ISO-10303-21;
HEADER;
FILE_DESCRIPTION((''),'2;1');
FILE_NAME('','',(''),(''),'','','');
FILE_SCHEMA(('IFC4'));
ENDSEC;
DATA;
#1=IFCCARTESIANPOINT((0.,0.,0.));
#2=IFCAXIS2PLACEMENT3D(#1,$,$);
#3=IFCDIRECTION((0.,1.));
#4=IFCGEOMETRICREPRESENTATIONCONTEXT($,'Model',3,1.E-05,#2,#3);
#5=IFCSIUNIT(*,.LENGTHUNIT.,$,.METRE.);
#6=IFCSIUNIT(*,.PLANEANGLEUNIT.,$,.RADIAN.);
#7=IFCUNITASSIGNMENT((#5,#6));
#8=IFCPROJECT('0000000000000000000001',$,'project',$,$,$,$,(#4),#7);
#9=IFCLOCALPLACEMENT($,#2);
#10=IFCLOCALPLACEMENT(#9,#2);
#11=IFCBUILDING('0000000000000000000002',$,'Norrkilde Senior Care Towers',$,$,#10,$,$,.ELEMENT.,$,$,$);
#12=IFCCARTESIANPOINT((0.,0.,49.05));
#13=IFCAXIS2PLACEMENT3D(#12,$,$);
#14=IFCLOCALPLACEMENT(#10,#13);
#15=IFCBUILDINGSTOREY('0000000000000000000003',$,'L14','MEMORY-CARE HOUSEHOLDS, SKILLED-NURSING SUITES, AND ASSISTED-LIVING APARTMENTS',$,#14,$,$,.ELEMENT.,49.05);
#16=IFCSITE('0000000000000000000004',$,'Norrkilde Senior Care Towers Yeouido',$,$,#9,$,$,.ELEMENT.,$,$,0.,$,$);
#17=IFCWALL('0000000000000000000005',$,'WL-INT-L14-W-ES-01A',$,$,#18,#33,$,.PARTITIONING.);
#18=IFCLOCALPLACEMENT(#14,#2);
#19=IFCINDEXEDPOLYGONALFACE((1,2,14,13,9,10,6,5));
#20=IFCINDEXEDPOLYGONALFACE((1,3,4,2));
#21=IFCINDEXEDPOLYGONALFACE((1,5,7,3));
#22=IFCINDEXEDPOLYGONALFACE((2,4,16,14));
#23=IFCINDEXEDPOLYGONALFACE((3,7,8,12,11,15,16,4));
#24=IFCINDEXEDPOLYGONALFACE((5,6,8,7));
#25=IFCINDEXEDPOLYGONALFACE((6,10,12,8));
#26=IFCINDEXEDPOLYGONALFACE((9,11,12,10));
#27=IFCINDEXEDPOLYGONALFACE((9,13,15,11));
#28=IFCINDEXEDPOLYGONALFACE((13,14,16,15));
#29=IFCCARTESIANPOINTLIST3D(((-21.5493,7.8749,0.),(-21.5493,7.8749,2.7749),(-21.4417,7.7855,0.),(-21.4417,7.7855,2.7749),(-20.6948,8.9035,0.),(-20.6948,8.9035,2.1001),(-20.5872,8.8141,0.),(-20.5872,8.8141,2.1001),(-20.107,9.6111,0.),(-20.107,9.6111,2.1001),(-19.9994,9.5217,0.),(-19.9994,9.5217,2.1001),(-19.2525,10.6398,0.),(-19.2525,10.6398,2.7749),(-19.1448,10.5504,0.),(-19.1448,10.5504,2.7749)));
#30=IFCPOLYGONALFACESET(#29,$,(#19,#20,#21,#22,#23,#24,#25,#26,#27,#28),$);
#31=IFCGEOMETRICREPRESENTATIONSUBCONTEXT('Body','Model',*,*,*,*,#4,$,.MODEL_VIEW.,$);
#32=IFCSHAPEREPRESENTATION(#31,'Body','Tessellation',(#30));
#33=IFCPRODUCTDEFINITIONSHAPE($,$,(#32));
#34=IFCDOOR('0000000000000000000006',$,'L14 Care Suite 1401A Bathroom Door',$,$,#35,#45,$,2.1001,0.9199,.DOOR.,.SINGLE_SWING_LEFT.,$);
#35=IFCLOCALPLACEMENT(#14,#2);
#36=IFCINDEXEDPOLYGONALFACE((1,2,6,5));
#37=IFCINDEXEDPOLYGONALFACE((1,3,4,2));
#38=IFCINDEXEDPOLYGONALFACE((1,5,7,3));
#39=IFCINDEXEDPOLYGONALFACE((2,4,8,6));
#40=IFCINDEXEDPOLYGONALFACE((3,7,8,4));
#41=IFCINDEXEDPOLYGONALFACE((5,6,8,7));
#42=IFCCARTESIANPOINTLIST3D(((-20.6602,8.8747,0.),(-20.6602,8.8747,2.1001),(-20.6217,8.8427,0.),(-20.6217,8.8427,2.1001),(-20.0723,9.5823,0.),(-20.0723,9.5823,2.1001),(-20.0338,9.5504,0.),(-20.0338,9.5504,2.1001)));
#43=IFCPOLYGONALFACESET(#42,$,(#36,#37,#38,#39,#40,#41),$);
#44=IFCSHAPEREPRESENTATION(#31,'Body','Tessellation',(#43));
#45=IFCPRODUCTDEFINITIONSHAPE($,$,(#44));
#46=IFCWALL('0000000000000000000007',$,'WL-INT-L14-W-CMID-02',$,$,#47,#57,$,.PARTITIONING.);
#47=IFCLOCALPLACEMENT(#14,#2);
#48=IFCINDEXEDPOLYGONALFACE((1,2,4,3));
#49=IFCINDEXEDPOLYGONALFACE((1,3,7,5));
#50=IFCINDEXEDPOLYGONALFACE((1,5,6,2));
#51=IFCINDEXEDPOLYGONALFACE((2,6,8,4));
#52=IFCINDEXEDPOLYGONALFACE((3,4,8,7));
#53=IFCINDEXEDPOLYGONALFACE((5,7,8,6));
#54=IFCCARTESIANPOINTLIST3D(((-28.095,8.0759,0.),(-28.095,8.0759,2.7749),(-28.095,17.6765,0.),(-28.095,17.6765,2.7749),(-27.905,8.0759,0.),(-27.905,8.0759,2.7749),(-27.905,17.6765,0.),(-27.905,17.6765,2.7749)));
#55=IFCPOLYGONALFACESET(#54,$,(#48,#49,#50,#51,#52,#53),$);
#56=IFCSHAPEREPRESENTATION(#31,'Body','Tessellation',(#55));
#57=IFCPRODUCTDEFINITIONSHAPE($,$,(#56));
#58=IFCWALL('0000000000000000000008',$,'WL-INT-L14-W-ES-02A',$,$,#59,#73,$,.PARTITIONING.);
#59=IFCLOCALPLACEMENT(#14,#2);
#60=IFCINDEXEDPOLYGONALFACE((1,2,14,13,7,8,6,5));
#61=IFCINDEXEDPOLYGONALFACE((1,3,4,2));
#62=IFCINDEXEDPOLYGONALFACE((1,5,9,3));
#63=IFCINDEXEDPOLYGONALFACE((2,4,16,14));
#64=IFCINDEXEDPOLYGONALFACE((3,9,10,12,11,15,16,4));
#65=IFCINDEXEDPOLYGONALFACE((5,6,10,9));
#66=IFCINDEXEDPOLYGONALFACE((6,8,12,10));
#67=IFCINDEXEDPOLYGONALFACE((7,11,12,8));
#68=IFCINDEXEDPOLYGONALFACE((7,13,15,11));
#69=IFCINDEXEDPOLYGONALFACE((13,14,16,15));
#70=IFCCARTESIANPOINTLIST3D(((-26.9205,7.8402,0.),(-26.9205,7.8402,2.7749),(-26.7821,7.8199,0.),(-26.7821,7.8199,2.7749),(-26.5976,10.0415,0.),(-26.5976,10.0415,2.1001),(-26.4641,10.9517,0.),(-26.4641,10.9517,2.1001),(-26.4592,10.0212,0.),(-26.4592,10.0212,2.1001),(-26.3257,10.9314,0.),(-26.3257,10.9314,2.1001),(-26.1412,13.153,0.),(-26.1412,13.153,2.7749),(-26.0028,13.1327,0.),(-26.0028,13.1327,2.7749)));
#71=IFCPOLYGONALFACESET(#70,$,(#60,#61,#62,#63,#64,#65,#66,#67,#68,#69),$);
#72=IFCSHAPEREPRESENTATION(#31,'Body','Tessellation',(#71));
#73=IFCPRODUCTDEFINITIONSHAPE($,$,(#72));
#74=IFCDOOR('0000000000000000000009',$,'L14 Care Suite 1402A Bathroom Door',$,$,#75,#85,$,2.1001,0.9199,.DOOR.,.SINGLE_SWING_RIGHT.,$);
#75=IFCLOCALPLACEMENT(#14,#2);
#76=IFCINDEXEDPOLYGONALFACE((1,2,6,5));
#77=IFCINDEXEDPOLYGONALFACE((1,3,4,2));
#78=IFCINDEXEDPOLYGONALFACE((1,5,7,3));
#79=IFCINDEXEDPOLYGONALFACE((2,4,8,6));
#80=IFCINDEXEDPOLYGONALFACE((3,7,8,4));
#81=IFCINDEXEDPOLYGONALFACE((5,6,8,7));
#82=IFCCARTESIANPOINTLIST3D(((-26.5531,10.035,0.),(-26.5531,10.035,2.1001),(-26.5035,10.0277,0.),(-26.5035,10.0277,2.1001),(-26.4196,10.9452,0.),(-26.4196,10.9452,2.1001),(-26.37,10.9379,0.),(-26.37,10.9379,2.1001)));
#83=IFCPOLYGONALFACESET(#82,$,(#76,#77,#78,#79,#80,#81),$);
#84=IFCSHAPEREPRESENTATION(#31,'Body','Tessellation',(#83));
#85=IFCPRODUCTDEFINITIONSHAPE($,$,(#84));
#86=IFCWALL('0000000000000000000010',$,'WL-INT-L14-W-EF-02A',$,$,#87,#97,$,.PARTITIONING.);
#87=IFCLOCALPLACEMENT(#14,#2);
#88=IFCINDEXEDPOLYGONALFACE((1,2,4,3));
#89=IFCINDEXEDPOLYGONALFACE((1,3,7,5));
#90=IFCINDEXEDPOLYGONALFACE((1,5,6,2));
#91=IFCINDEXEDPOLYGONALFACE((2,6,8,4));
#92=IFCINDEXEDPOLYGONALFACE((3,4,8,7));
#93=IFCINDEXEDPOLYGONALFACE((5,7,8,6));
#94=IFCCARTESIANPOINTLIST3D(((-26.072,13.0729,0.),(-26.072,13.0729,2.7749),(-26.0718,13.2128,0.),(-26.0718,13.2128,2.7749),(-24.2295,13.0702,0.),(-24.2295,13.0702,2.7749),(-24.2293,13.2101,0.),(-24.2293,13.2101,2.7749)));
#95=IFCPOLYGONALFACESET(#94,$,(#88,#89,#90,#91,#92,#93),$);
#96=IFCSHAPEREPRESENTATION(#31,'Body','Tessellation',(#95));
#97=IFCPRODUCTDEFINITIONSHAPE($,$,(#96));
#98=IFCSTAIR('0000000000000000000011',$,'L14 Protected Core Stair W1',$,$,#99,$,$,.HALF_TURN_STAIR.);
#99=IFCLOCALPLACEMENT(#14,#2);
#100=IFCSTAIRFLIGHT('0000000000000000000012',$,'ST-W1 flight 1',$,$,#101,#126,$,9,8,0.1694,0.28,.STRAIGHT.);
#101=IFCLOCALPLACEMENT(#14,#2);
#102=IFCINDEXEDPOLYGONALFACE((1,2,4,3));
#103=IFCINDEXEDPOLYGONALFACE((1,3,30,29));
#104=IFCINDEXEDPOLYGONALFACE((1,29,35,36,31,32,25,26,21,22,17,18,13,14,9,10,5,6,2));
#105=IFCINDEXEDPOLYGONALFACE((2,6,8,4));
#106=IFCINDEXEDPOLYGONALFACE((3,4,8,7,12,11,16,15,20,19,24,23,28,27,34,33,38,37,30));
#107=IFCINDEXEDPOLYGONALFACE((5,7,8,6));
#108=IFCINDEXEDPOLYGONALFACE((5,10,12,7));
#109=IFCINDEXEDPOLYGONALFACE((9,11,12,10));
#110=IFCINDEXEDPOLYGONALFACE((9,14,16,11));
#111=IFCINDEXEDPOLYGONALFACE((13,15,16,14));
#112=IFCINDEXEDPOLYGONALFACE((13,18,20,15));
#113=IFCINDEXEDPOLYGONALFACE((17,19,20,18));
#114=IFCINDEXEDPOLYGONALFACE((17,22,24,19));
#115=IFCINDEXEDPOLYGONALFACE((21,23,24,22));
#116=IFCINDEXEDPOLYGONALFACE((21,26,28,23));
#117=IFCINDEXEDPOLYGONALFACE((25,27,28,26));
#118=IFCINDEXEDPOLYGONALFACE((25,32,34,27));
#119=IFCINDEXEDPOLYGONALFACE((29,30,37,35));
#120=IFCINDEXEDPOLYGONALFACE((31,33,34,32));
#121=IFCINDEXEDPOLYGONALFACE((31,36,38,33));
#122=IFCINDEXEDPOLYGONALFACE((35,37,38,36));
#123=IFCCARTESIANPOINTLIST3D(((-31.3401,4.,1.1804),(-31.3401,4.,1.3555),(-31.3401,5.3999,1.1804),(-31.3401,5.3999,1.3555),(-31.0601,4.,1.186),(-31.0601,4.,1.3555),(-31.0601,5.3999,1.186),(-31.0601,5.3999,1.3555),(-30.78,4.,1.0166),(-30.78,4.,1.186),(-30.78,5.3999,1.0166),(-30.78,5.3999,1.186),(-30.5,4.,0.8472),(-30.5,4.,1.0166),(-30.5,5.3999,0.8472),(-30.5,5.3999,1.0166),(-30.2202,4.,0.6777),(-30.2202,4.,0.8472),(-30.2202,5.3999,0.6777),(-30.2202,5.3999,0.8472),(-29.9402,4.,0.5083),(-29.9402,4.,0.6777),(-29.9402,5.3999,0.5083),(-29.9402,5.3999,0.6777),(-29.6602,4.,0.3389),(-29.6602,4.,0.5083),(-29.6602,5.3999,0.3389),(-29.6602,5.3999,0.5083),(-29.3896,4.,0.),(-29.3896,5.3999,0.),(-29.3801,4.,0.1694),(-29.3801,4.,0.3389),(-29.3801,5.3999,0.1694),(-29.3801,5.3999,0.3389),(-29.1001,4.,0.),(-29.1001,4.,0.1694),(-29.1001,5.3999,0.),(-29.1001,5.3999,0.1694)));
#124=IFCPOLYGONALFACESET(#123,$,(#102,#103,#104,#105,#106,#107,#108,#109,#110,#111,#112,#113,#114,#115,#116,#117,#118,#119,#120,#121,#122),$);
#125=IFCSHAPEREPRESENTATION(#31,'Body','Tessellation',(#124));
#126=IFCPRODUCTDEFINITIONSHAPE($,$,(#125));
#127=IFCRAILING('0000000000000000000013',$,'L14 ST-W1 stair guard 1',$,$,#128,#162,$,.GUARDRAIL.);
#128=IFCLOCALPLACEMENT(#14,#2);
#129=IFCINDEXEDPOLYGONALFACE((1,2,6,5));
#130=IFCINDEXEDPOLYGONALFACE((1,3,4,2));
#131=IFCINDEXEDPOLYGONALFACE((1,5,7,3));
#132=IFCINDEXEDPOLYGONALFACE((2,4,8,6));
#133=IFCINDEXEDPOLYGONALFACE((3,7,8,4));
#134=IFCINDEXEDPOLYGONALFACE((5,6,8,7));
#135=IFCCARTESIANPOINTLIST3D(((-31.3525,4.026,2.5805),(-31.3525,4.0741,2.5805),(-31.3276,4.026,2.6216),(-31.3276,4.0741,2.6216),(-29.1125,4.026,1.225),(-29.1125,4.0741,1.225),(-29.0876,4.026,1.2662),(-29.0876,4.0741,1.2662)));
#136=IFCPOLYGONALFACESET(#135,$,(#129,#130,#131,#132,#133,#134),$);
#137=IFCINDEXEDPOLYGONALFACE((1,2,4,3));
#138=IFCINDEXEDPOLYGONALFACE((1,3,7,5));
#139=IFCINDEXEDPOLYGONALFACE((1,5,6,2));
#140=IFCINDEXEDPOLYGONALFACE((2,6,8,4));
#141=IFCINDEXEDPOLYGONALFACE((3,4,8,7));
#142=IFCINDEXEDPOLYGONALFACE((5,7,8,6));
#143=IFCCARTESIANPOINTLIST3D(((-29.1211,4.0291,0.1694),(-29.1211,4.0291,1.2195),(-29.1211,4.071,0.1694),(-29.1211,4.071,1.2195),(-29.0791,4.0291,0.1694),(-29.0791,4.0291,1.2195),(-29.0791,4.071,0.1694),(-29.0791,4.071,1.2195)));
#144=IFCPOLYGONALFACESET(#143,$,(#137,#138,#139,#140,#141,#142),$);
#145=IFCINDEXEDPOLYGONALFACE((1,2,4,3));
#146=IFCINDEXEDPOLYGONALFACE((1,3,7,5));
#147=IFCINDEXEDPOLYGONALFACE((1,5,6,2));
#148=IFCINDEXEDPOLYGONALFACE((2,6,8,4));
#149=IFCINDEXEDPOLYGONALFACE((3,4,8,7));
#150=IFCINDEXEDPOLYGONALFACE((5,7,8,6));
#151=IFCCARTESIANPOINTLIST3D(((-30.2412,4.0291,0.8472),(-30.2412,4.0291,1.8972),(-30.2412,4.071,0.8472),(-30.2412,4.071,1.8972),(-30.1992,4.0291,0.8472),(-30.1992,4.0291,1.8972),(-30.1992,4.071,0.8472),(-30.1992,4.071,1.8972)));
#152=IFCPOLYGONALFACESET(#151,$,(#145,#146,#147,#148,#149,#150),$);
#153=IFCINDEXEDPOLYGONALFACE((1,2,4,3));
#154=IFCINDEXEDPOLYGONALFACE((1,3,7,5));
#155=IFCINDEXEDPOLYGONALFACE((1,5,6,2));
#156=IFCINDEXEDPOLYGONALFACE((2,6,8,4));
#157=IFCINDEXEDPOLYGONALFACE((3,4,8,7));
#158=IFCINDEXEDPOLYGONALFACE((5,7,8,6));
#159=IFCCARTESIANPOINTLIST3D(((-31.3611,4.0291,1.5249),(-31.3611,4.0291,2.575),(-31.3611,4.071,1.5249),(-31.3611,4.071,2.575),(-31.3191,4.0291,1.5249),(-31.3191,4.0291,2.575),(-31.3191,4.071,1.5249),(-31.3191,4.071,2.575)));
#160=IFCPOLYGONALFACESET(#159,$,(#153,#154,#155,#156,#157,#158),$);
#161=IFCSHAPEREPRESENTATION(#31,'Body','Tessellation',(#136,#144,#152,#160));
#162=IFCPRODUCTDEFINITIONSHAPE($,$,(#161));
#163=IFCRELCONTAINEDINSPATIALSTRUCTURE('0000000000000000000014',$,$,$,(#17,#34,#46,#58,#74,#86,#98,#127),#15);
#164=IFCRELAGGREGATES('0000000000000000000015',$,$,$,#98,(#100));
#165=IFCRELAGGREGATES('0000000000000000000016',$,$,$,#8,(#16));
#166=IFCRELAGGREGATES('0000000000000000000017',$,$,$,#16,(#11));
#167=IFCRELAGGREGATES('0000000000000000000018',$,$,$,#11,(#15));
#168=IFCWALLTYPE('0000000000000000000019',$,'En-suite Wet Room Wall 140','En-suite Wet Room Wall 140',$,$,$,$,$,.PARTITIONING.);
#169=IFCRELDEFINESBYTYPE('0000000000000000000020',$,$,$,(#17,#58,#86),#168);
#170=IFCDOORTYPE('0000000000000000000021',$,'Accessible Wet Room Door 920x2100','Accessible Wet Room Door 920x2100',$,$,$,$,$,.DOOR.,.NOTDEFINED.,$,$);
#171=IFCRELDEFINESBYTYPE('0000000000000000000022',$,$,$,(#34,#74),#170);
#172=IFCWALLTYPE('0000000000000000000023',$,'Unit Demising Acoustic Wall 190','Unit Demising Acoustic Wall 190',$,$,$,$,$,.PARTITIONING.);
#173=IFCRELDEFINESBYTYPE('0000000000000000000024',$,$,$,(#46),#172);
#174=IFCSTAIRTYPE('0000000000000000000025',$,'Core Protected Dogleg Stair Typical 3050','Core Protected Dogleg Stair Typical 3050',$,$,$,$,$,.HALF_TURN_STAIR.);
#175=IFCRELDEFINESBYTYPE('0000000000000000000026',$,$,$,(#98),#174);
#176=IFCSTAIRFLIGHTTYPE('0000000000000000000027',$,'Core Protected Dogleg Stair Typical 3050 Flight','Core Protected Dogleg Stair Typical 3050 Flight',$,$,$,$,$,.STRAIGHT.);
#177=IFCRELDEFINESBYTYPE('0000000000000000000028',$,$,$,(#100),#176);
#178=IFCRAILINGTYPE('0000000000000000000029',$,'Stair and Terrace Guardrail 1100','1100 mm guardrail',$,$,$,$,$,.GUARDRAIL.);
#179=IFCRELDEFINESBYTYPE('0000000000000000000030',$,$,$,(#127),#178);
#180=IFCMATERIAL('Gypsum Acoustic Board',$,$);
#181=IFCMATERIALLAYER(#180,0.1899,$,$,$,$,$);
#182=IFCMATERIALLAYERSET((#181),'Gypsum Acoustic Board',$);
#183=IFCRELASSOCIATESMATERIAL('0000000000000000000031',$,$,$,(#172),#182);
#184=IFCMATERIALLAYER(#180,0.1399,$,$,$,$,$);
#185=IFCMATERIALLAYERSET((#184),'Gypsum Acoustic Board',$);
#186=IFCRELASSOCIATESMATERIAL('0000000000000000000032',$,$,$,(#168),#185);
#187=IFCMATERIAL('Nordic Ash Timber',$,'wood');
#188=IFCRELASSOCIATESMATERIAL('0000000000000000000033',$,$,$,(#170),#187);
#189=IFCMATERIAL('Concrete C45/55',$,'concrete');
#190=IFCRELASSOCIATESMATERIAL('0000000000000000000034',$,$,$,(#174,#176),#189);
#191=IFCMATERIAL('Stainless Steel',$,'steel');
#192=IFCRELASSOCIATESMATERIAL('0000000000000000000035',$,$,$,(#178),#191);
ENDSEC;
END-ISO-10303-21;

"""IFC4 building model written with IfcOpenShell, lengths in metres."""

from ifc_helpers import new_model, si_unit, direction, frame, frame_2d, origin, origin_2d, place, context, subcontext, project, spatial, polyline, rectangle, outline, extrude, source, transform, mapped, material, layer, layer_set, type_object, type_shapes, element, fill, aggregate, save


model = new_model("IFC4")

# Units and contexts
model_context = context("Model", 3, precision=1e-05, world=origin(), true_north=direction((0.0, 1.0)))
body_context = subcontext(model_context, "Body", "Model", "MODEL_VIEW")
ifc_project = project(units=[si_unit("LENGTHUNIT", "METRE"), si_unit("PLANEANGLEUNIT", "RADIAN")], contexts=[model_context])

# Site, building, storey
site_placement = place(None, origin())
site = spatial("IfcSite", under=ifc_project, at=site_placement, Name="Norrkilde Senior Care Towers Yeouido", CompositionType="ELEMENT", RefElevation=0.0)
building_placement = place(site_placement, origin())
building = spatial("IfcBuilding", under=site, at=building_placement, Name="Norrkilde Senior Care Towers", CompositionType="ELEMENT")
storey_placement = place(building_placement, frame((0.0, 0.0, 49.05)))
storey = spatial("IfcBuildingStorey", under=building, at=storey_placement, Name="L14", Description="MEMORY-CARE HOUSEHOLDS, SKILLED-NURSING SUITES, AND ASSISTED-LIVING APARTMENTS", CompositionType="ELEMENT", Elevation=49.05)

# Shared definitions
ifc_material_1 = material(Name="Concrete C45/55", Category="concrete")
ifc_material_2 = material(Name="Gypsum Acoustic Board")
ifc_layer_1 = layer(ifc_material_2, 0.1899)
ifc_layer_set_1 = layer_set([ifc_layer_1], Name="Gypsum Acoustic Board")
wall_type_1 = type_object("IfcWallType", Name="Unit Demising Acoustic Wall 190", Description="Unit Demising Acoustic Wall 190", PredefinedType="PARTITIONING", material=ifc_layer_set_1)

# Wall, opening, door
ifc_layer_2 = layer(ifc_material_2, 0.1399)
ifc_layer_set_2 = layer_set([ifc_layer_2], Name="Gypsum Acoustic Board")
wall_type_2 = type_object("IfcWallType", Name="En-suite Wet Room Wall 140", Description="En-suite Wet Room Wall 140", PredefinedType="PARTITIONING", material=ifc_layer_set_2)
shared_shape_1 = source(origin(), body_context, "Body", "SweptSolid", [
    extrude(rectangle(XDim=3.5945, YDim=0.1399, at=frame_2d((1.7974, 0.0))), origin(), (0.0, 0.0, 1.0), 2.7749),
])
wall_1_placement = place(storey_placement, frame((-21.4956, 7.8301, 0.0), z_axis=(0.0, 0.0, 1.0), x_axis=(0.639001, 0.769206, 0.0)))
wall_1 = element("IfcWall", 1, at=wall_1_placement, inside=storey, type_object=wall_type_2, Name="WL-INT-L14-W-ES-01A", PredefinedType="PARTITIONING", context=body_context, shape_type="MappedRepresentation", body=[
    mapped(shared_shape_1, transform((0.0, 0.0, 0.0), x_axis=(1.0, 0.0, 0.0), y_axis=(0.0, 1.0, 0.0), z_axis=(0.0, 0.0, 1.0), scale=1.0)),
])
opening_1_placement = place(wall_1_placement, frame((1.3374, 0.0, 0.0)))
opening_1 = element("IfcOpeningElement", 2, at=opening_1_placement, cuts=wall_1, PredefinedType="OPENING", context=body_context, shape_type="SweptSolid", body=[
    extrude(rectangle(XDim=0.9199, YDim=2.1001, at=frame_2d((0.46, 1.05))), frame((0.0, 0.0798, 0.0), z_axis=(0.0, -1.0, 0.0), x_axis=(1.0, 0.0, 0.0)), (0.0, 0.0, 1.0), 0.1599),
])
ifc_material_3 = material(Name="Nordic Ash Timber", Category="wood")
door_type_1 = type_object("IfcDoorType", Name="Accessible Wet Room Door 920x2100", Description="Accessible Wet Room Door 920x2100", OperationType="NOTDEFINED", PredefinedType="DOOR", material=ifc_material_3)
shared_shape_2 = source(origin(), body_context, "Body", "SweptSolid", [
    extrude(rectangle(XDim=0.9199, YDim=2.1001, at=frame_2d((0.46, 1.05))), frame((0.0, 0.0249, 0.0), z_axis=(0.0, -1.0, 0.0), x_axis=(1.0, 0.0, 0.0)), (0.0, 0.0, 1.0), 0.05),
])
type_shapes(door_type_1, [shared_shape_2])
door_1_placement = place(opening_1_placement, origin())
door_1 = element("IfcDoor", 3, at=door_1_placement, inside=storey, type_object=door_type_1, Name="L14 Care Suite 1401A Bathroom Door", OperationType="SINGLE_SWING_LEFT", OverallHeight=2.1001, OverallWidth=0.9199, PredefinedType="DOOR", context=body_context, shape_type="MappedRepresentation", body=[
    mapped(shared_shape_2, transform((0.0, 0.0, 0.0), x_axis=(1.0, 0.0, 0.0), y_axis=(0.0, 1.0, 0.0), z_axis=(0.0, 0.0, 1.0), scale=1.0)),
])
fill(opening_1, door_1)

# Wall
shared_shape_3 = source(origin(), body_context, "Body", "SweptSolid", [
    extrude(rectangle(XDim=9.6006, YDim=0.1899, at=frame_2d((4.8003, 0.0))), origin(), (0.0, 0.0, 1.0), 2.7749),
])
wall_2_placement = place(storey_placement, frame((-28.0, 8.0759, 0.0), z_axis=(0.0, 0.0, 1.0), x_axis=(0.0, 1.0, 0.0)))
element("IfcWall", 4, at=wall_2_placement, inside=storey, type_object=wall_type_1, Name="WL-INT-L14-W-CMID-02", PredefinedType="PARTITIONING", context=body_context, shape_type="MappedRepresentation", body=[
    mapped(shared_shape_3, transform((0.0, 0.0, 0.0), x_axis=(1.0, 0.0, 0.0), y_axis=(0.0, 1.0, 0.0), z_axis=(0.0, 0.0, 1.0), scale=1.0)),
])

# Wall, opening, door
shared_shape_4 = source(origin(), body_context, "Body", "SweptSolid", [
    extrude(rectangle(XDim=5.3696, YDim=0.1399, at=frame_2d((2.6848, 0.0))), origin(), (0.0, 0.0, 1.0), 2.7749),
])
wall_3_placement = place(storey_placement, frame((-26.8513, 7.8301, 0.0), z_axis=(0.0, 0.0, 1.0), x_axis=(0.145131, 0.989412, 0.0)))
wall_3 = element("IfcWall", 5, at=wall_3_placement, inside=storey, type_object=wall_type_2, Name="WL-INT-L14-W-ES-02A", PredefinedType="PARTITIONING", context=body_context, shape_type="MappedRepresentation", body=[
    mapped(shared_shape_4, transform((0.0, 0.0, 0.0), x_axis=(1.0, 0.0, 0.0), y_axis=(0.0, 1.0, 0.0), z_axis=(0.0, 0.0, 1.0), scale=1.0)),
])
opening_2_placement = place(wall_3_placement, frame((2.2249, 0.0, 0.0)))
opening_2 = element("IfcOpeningElement", 6, at=opening_2_placement, cuts=wall_3, PredefinedType="OPENING", context=body_context, shape_type="SweptSolid", body=[
    extrude(rectangle(XDim=0.9199, YDim=2.1001, at=frame_2d((0.46, 1.05))), frame((0.0, 0.0798, 0.0), z_axis=(0.0, -1.0, 0.0), x_axis=(1.0, 0.0, 0.0)), (0.0, 0.0, 1.0), 0.1599),
])
door_2_placement = place(opening_2_placement, origin())
door_2 = element("IfcDoor", 7, at=door_2_placement, inside=storey, type_object=door_type_1, Name="L14 Care Suite 1402A Bathroom Door", OperationType="SINGLE_SWING_RIGHT", OverallHeight=2.1001, OverallWidth=0.9199, PredefinedType="DOOR", context=body_context, shape_type="MappedRepresentation", body=[
    mapped(shared_shape_2, transform((0.0, 0.0, 0.0), x_axis=(1.0, 0.0, 0.0), y_axis=(0.0, 1.0, 0.0), z_axis=(0.0, 0.0, 1.0), scale=1.0)),
])
fill(opening_2, door_2)

# Wall
shared_shape_5 = source(origin(), body_context, "Body", "SweptSolid", [
    extrude(rectangle(XDim=1.8425, YDim=0.1399, at=frame_2d((0.9214, 0.0))), origin(), (0.0, 0.0, 1.0), 2.7749),
])
type_shapes(wall_type_2, [shared_shape_1, shared_shape_4, shared_shape_5])
wall_4_placement = place(storey_placement, frame((-26.072, 13.1428, 0.0), z_axis=(0.0, 0.0, 1.0), x_axis=(0.999999, -0.001458, 0.0)))
element("IfcWall", 8, at=wall_4_placement, inside=storey, type_object=wall_type_2, Name="WL-INT-L14-W-EF-02A", PredefinedType="PARTITIONING", context=body_context, shape_type="MappedRepresentation", body=[
    mapped(shared_shape_5, transform((0.0, 0.0, 0.0), x_axis=(1.0, 0.0, 0.0), y_axis=(0.0, 1.0, 0.0), z_axis=(0.0, 0.0, 1.0), scale=1.0)),
])

# Stair, stair flight
stair_type = type_object("IfcStairType", Name="Core Protected Dogleg Stair Typical 3050", Description="Core Protected Dogleg Stair Typical 3050", PredefinedType="HALF_TURN_STAIR", material=ifc_material_1)
stair_placement = place(storey_placement, origin())
stair = element("IfcStair", 9, at=stair_placement, inside=storey, type_object=stair_type, Name="L14 Protected Core Stair W1", PredefinedType="HALF_TURN_STAIR")
stair_flight_type = type_object("IfcStairFlightType", Name="Core Protected Dogleg Stair Typical 3050 Flight", Description="Core Protected Dogleg Stair Typical 3050 Flight", PredefinedType="STRAIGHT", material=ifc_material_1)
stair_flight_placement = place(storey_placement, frame((-29.1001, 4.7, 0.0), z_axis=(0.0, 0.0, 1.0), x_axis=(-1.0, 0.0, 0.0)))
stair_flight = element("IfcStairFlight", 10, at=stair_flight_placement, type_object=stair_flight_type, Name="ST-W1 flight 1", NumberOfRisers=9, NumberOfTreads=8, PredefinedType="STRAIGHT", RiserHeight=0.1694, TreadLength=0.28, context=body_context, shape_type="SweptSolid", body=[
    extrude(outline(polyline([(0.0, 0.0), (0.0, 0.1694), (0.28, 0.1694), (0.28, 0.3389), (0.5601, 0.3389), (0.5601, 0.5083), (0.8401, 0.5083), (0.8401, 0.6777), (1.1201, 0.6777), (1.1201, 0.8472), (1.3999, 0.8472), (1.3999, 1.0166), (1.6799, 1.0166), (1.6799, 1.186), (1.96, 1.186), (1.96, 1.3555), (2.24, 1.3555), (2.24, 1.5249), (2.24, 1.1804), (0.2896, 0.0), (0.0, 0.0)])), frame((0.0, 0.7, 0.0), z_axis=(0.0, -1.0, 0.0), x_axis=(1.0, 0.0, 0.0)), (0.0, 0.0, 1.0), 1.3999),
])
aggregate(stair, [stair_flight])

# Railing
ifc_material_4 = material(Name="Stainless Steel", Category="steel")
railing_type_1 = type_object("IfcRailingType", Name="Stair and Terrace Guardrail 1100", Description="1100 mm guardrail", PredefinedType="GUARDRAIL", material=ifc_material_4)
railing_1_placement = place(storey_placement, frame((-29.1001, 4.05, 0.1694)))
element("IfcRailing", 11, at=railing_1_placement, inside=storey, type_object=railing_type_1, Name="L14 ST-W1 stair guard 1", PredefinedType="GUARDRAIL", context=body_context, shape_type="SweptSolid", body=[
    extrude(rectangle(XDim=0.0481, YDim=0.0481, at=origin_2d()), frame((0.0, 0.0, 1.0762), z_axis=(-0.855553, 0.0, 0.517715), x_axis=(0.0, -1.0, 0.0)), (0.0, 0.0, 1.0), 2.6182),
    extrude(rectangle(XDim=0.042, YDim=0.042, at=origin_2d()), origin(), (0.0, 0.0, 1.0), 1.05),
    extrude(rectangle(XDim=0.042, YDim=0.042, at=origin_2d()), frame((-1.1201, 0.0, 0.6777)), (0.0, 0.0, 1.0), 1.05),
    extrude(rectangle(XDim=0.042, YDim=0.042, at=origin_2d()), frame((-2.24, 0.0, 1.3555)), (0.0, 0.0, 1.0), 1.05),
])

save(model, "model.ifc")
